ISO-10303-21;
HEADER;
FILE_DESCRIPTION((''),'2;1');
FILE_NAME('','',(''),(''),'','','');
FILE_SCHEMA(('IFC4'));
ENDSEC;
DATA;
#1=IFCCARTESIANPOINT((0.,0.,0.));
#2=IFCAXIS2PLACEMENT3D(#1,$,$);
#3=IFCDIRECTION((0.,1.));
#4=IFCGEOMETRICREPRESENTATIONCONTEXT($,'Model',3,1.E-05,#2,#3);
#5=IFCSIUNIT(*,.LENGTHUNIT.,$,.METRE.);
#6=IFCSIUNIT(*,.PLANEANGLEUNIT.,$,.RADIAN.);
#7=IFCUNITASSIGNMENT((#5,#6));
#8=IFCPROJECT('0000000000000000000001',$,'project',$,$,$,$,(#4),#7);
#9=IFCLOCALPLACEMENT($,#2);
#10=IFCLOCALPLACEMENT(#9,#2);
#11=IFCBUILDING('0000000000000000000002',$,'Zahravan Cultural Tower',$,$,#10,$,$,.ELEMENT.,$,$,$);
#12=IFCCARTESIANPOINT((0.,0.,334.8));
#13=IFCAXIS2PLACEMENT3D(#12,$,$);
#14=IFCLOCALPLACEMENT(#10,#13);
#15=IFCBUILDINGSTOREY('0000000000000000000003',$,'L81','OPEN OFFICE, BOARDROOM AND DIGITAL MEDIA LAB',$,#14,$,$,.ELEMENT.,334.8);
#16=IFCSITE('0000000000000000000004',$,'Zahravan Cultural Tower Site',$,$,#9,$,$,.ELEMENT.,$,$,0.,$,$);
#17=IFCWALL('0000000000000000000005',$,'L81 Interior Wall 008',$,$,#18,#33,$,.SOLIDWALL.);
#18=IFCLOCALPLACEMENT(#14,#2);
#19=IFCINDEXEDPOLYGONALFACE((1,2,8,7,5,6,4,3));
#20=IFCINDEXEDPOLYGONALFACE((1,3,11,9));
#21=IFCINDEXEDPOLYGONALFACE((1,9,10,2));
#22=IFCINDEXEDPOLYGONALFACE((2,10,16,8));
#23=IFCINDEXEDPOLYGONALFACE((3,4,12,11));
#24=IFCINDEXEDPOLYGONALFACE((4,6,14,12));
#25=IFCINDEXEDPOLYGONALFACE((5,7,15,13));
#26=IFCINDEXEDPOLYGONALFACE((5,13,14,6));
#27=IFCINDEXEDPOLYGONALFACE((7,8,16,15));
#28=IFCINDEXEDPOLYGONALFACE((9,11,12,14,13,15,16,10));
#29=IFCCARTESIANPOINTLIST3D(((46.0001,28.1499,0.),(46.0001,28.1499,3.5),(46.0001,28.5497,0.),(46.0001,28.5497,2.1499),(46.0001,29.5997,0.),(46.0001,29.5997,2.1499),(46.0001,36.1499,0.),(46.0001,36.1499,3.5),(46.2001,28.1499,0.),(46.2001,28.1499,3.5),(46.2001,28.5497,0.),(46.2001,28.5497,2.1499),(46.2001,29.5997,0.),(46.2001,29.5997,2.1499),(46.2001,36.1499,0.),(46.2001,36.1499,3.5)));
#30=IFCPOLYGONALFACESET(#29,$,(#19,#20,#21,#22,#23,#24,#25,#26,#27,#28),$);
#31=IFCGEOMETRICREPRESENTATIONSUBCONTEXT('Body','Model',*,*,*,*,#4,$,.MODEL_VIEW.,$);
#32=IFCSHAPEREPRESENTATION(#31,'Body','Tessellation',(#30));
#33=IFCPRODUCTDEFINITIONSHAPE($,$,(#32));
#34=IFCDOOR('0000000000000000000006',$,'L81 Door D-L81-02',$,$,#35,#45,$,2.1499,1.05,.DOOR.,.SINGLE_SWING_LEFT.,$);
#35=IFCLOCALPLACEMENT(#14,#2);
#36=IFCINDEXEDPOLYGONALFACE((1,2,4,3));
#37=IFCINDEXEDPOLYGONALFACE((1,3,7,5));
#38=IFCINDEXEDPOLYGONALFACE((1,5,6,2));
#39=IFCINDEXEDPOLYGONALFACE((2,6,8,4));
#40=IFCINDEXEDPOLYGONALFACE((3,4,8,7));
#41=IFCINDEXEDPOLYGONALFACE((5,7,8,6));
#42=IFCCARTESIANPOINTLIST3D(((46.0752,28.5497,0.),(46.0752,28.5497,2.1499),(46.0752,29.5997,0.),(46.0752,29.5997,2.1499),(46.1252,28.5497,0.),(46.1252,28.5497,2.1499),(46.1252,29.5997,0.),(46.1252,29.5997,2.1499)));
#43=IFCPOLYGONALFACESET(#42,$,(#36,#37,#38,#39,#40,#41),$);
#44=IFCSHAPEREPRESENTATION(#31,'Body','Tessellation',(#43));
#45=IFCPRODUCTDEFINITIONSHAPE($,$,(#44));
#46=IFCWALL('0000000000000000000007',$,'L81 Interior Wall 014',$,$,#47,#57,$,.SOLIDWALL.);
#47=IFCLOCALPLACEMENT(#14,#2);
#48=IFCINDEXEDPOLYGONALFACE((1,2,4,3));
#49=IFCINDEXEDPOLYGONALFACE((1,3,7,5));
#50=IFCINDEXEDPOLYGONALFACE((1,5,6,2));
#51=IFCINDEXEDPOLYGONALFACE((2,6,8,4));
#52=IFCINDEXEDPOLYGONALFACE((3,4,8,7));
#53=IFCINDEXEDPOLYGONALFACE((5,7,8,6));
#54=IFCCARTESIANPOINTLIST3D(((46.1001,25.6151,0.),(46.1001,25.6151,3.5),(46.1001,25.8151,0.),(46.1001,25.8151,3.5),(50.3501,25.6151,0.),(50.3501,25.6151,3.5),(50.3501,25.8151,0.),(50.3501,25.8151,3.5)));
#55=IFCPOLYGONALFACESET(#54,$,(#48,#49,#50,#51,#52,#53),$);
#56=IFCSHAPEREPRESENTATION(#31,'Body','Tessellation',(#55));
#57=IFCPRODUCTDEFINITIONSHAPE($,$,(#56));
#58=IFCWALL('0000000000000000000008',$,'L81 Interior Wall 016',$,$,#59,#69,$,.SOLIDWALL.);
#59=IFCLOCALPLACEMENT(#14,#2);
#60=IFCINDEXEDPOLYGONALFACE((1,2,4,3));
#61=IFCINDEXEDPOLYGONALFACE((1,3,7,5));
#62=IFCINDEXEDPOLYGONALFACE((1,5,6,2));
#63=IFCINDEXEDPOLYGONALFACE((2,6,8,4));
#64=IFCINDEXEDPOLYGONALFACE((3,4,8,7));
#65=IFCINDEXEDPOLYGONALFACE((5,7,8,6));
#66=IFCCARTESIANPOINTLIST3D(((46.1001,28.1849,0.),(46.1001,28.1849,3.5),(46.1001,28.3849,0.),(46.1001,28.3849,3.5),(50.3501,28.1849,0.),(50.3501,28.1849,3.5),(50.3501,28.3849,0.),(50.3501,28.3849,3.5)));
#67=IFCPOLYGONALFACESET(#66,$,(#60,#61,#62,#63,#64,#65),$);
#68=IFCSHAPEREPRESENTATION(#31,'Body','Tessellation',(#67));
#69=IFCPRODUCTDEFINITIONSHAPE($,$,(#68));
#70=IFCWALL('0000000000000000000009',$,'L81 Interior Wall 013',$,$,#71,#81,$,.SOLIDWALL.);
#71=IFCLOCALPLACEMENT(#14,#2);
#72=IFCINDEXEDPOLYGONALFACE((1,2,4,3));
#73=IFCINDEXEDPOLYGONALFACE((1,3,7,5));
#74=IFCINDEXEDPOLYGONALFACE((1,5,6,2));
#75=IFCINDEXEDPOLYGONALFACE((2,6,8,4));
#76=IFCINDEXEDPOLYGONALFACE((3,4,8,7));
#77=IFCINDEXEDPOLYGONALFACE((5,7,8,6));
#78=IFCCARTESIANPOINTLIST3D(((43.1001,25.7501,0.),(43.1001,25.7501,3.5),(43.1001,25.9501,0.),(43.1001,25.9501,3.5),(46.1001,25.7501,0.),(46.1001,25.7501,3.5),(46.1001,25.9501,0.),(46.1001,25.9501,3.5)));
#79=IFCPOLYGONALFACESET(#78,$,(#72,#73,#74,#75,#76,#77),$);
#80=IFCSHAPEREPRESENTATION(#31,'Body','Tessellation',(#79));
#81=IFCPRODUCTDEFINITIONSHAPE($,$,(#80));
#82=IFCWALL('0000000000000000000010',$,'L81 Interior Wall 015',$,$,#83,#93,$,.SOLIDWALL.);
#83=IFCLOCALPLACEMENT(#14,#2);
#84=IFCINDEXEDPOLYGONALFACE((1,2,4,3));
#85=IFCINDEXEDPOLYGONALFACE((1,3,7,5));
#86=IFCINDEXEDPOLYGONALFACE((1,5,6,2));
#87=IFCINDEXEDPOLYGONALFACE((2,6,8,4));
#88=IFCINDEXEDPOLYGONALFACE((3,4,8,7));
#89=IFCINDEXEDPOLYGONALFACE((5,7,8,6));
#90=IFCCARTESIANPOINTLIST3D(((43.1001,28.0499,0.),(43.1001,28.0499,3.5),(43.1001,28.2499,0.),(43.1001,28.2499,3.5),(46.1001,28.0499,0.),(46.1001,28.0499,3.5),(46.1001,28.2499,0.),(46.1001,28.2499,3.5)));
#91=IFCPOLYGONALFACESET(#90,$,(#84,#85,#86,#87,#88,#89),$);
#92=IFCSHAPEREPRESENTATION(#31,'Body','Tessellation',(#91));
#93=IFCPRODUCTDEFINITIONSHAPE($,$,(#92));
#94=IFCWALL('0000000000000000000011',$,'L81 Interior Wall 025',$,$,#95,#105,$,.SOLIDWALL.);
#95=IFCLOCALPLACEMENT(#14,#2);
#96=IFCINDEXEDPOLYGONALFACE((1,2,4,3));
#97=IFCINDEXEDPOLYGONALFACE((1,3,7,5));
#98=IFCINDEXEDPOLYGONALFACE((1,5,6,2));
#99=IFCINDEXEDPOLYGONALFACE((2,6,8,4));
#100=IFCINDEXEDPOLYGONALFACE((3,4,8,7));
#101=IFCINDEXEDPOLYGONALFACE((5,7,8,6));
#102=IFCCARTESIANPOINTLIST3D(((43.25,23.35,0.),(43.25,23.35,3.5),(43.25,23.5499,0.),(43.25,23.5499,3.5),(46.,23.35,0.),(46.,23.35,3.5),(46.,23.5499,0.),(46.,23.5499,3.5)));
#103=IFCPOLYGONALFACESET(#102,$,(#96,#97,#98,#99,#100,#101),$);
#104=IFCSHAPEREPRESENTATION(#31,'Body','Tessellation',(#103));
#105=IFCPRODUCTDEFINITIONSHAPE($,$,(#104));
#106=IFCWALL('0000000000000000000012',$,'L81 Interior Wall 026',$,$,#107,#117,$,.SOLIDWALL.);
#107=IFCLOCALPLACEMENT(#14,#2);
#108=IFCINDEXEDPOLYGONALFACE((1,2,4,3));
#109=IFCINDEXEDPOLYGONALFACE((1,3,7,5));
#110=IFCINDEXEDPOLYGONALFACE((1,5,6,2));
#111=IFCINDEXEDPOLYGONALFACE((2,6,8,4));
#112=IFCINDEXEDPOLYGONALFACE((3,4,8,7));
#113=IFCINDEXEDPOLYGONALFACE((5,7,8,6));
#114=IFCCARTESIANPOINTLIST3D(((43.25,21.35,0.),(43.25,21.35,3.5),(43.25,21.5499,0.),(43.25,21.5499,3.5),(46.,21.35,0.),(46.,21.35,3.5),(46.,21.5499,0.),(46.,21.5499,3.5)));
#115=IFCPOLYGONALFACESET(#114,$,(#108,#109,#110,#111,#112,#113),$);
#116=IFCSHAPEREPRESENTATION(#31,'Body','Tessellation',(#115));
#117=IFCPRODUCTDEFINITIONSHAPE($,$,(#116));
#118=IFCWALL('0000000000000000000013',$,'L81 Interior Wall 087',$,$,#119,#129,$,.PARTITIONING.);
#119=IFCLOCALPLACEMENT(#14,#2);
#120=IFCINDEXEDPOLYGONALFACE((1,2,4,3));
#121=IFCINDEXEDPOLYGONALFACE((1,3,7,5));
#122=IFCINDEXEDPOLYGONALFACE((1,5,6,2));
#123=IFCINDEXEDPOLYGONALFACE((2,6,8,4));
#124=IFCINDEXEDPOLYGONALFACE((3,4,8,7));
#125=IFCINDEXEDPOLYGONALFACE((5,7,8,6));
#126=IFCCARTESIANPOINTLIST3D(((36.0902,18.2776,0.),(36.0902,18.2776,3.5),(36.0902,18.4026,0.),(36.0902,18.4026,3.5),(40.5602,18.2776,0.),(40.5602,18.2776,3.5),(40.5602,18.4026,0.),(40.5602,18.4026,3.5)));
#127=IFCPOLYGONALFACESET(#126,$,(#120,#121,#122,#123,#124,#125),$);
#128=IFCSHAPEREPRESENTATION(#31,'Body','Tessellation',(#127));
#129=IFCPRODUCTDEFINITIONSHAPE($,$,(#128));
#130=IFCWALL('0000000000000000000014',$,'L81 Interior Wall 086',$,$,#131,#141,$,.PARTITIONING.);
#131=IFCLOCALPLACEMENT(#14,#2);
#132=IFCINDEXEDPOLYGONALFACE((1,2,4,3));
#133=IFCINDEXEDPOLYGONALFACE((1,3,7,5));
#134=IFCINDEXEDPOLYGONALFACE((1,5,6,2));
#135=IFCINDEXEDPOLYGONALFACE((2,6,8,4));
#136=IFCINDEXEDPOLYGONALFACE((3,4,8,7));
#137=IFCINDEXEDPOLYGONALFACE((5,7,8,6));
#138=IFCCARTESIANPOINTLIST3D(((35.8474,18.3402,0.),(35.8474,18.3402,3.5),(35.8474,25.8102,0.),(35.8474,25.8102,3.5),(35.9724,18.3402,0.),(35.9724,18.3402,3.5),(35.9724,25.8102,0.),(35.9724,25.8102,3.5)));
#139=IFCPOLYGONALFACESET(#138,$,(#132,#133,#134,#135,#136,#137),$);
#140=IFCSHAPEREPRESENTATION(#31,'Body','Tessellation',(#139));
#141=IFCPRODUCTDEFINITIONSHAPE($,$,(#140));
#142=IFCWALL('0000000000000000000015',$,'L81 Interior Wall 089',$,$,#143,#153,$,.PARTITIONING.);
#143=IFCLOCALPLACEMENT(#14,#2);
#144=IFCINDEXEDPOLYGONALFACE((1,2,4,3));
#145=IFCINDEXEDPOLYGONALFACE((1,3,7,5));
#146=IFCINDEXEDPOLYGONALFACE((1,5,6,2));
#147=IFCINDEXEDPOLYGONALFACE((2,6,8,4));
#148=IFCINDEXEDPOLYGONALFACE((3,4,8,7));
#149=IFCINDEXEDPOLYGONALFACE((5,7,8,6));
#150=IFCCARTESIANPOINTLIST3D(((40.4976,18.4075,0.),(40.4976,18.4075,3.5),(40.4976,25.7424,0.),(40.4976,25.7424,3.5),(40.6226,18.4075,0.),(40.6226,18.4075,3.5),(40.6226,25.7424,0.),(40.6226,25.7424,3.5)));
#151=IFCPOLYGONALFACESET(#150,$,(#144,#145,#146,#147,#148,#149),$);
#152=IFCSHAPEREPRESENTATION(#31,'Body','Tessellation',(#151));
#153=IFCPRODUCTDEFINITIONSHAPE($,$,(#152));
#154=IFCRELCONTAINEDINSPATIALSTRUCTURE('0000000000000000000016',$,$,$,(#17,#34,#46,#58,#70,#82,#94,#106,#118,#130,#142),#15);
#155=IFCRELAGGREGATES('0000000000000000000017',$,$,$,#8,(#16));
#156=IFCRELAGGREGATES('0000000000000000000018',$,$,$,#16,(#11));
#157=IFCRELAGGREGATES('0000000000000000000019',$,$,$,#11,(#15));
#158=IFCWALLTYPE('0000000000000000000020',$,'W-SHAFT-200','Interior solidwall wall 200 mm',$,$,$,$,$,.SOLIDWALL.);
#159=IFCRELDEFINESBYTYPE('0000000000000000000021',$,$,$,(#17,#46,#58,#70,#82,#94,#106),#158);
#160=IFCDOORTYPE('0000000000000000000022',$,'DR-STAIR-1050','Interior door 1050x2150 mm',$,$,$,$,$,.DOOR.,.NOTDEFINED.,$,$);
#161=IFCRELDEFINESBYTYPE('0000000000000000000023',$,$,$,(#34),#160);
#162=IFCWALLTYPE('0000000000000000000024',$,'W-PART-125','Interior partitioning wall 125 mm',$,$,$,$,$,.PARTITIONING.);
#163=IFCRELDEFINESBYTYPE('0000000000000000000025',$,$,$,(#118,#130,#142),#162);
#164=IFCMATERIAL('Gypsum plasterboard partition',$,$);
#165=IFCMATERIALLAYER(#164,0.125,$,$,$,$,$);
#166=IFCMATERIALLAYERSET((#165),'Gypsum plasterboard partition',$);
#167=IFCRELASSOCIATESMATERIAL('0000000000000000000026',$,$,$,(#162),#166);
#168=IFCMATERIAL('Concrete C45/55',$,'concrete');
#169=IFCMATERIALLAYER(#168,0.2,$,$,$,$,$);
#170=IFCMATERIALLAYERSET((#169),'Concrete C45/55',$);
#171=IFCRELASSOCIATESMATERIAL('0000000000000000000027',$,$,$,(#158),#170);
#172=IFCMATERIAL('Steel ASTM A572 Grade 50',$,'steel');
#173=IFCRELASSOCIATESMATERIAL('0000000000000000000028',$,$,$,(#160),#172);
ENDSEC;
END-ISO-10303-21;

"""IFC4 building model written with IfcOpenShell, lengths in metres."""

from ifc_helpers import new_model, si_unit, direction, frame, frame_2d, origin, place, context, subcontext, project, spatial, rectangle, extrude, source, transform, mapped, material, layer, layer_set, type_object, element, fill, save


model = new_model("IFC4")

# Units and contexts
model_context = context("Model", 3, precision=1e-05, world=origin(), true_north=direction((0.0, 1.0)))
body_context = subcontext(model_context, "Body", "Model", "MODEL_VIEW")
ifc_project = project(units=[si_unit("LENGTHUNIT", "METRE"), si_unit("PLANEANGLEUNIT", "RADIAN")], contexts=[model_context])

# Site, building, storey
site_placement = place(None, origin())
site = spatial("IfcSite", under=ifc_project, at=site_placement, Name="Zahravan Cultural Tower Site", CompositionType="ELEMENT", RefElevation=0.0)
building_placement = place(site_placement, origin())
building = spatial("IfcBuilding", under=site, at=building_placement, Name="Zahravan Cultural Tower", CompositionType="ELEMENT")
storey_placement = place(building_placement, frame((0.0, 0.0, 334.8)))
storey = spatial("IfcBuildingStorey", under=building, at=storey_placement, Name="L81", Description="OPEN OFFICE, BOARDROOM AND DIGITAL MEDIA LAB", CompositionType="ELEMENT", Elevation=334.8)

# Wall, opening, door
ifc_material_1 = material(Name="Steel ASTM A572 Grade 50", Category="steel")
ifc_material_2 = material(Name="Gypsum plasterboard partition")
ifc_layer_1 = layer(ifc_material_2, 0.125)
ifc_layer_set_1 = layer_set([ifc_layer_1], Name="Gypsum plasterboard partition")
wall_type_1 = type_object("IfcWallType", Name="W-PART-125", Description="Interior partitioning wall 125 mm", PredefinedType="PARTITIONING", material=ifc_layer_set_1)
ifc_material_3 = material(Name="Concrete C45/55", Category="concrete")
ifc_layer_2 = layer(ifc_material_3, 0.2)
ifc_layer_set_2 = layer_set([ifc_layer_2], Name="Concrete C45/55")
wall_type_2 = type_object("IfcWallType", Name="W-SHAFT-200", Description="Interior solidwall wall 200 mm", PredefinedType="SOLIDWALL", material=ifc_layer_set_2)
wall_1_placement = place(storey_placement, frame((46.1001, 28.1499, 0.0), z_axis=(0.0, 0.0, 1.0), x_axis=(0.0, 1.0, 0.0)))
wall_1 = element("IfcWall", 1, at=wall_1_placement, inside=storey, type_object=wall_type_2, Name="L81 Interior Wall 008", PredefinedType="SOLIDWALL", context=body_context, shape_type="SweptSolid", body=[
    extrude(rectangle(XDim=8.0, YDim=0.2, at=frame_2d((4.0, 0.0))), origin(), (0.0, 0.0, 1.0), 3.5),
])
opening_1_placement = place(wall_1_placement, frame((0.3999, 0.0, 0.0)))
opening_1 = element("IfcOpeningElement", 2, at=opening_1_placement, cuts=wall_1, PredefinedType="OPENING", context=body_context, shape_type="SweptSolid", body=[
    extrude(rectangle(XDim=1.05, YDim=2.1499, at=frame_2d((0.5249, 1.075))), frame((0.0, 0.1099, 0.0), z_axis=(0.0, -1.0, 0.0), x_axis=(1.0, 0.0, 0.0)), (0.0, 0.0, 1.0), 0.22),
])
door_type_1 = type_object("IfcDoorType", Name="DR-STAIR-1050", Description="Interior door 1050x2150 mm", OperationType="NOTDEFINED", PredefinedType="DOOR", material=ifc_material_1)
shared_shape_1 = source(origin(), body_context, "Body", "SweptSolid", [
    extrude(rectangle(XDim=1.05, YDim=2.1499, at=frame_2d((0.5249, 1.075))), frame((0.0, 0.0249, 0.0), z_axis=(0.0, -1.0, 0.0), x_axis=(1.0, 0.0, 0.0)), (0.0, 0.0, 1.0), 0.05),
])
door_1_placement = place(opening_1_placement, origin())
door_1 = element("IfcDoor", 3, at=door_1_placement, inside=storey, type_object=door_type_1, Name="L81 Door D-L81-02", OperationType="SINGLE_SWING_LEFT", OverallHeight=2.1499, OverallWidth=1.05, PredefinedType="DOOR", context=body_context, shape_type="MappedRepresentation", body=[
    mapped(shared_shape_1, transform((0.0, 0.0, 0.0), x_axis=(1.0, 0.0, 0.0), y_axis=(0.0, 1.0, 0.0), z_axis=(0.0, 0.0, 1.0), scale=1.0)),
])
fill(opening_1, door_1)

# Walls
shared_shape_2 = source(origin(), body_context, "Body", "SweptSolid", [
    extrude(rectangle(XDim=4.25, YDim=0.2, at=frame_2d((2.125, 0.0))), origin(), (0.0, 0.0, 1.0), 3.5),
])
for number, where, z_axis, x_axis, name in (
    (4, (46.1001, 25.7151, 0.0), (0.0, 0.0, 1.0), (1.0, 0.0, 0.0), "L81 Interior Wall 014"),
    (5, (46.1001, 28.2849, 0.0), (0.0, 0.0, 1.0), (1.0, 0.0, 0.0), "L81 Interior Wall 016"),
):
    element("IfcWall", number, at=place(storey_placement, frame(where, z_axis=z_axis, x_axis=x_axis)), inside=storey, type_object=wall_type_2, Name=name, PredefinedType="SOLIDWALL", context=body_context, shape_type="MappedRepresentation", body=[
        mapped(shared_shape_2, transform((0.0, 0.0, 0.0), x_axis=(1.0, 0.0, 0.0), y_axis=(0.0, 1.0, 0.0), z_axis=(0.0, 0.0, 1.0), scale=1.0)),
    ])
shared_shape_3 = source(origin(), body_context, "Body", "SweptSolid", [
    extrude(rectangle(XDim=3.0, YDim=0.2, at=frame_2d((1.5, 0.0))), origin(), (0.0, 0.0, 1.0), 3.5),
])
for number, where, z_axis, x_axis, name in (
    (6, (43.1001, 25.8501, 0.0), (0.0, 0.0, 1.0), (1.0, 0.0, 0.0), "L81 Interior Wall 013"),
    (7, (43.1001, 28.1499, 0.0), (0.0, 0.0, 1.0), (1.0, 0.0, 0.0), "L81 Interior Wall 015"),
):
    element("IfcWall", number, at=place(storey_placement, frame(where, z_axis=z_axis, x_axis=x_axis)), inside=storey, type_object=wall_type_2, Name=name, PredefinedType="SOLIDWALL", context=body_context, shape_type="MappedRepresentation", body=[
        mapped(shared_shape_3, transform((0.0, 0.0, 0.0), x_axis=(1.0, 0.0, 0.0), y_axis=(0.0, 1.0, 0.0), z_axis=(0.0, 0.0, 1.0), scale=1.0)),
    ])
shared_shape_4 = source(origin(), body_context, "Body", "SweptSolid", [
    extrude(rectangle(XDim=2.75, YDim=0.2, at=frame_2d((1.375, 0.0))), origin(), (0.0, 0.0, 1.0), 3.5),
])
for number, where, z_axis, x_axis, name in (
    (8, (43.25, 23.45, 0.0), (0.0, 0.0, 1.0), (1.0, 0.0, 0.0), "L81 Interior Wall 025"),
    (9, (43.25, 21.45, 0.0), (0.0, 0.0, 1.0), (1.0, 0.0, 0.0), "L81 Interior Wall 026"),
):
    element("IfcWall", number, at=place(storey_placement, frame(where, z_axis=z_axis, x_axis=x_axis)), inside=storey, type_object=wall_type_2, Name=name, PredefinedType="SOLIDWALL", context=body_context, shape_type="MappedRepresentation", body=[
        mapped(shared_shape_4, transform((0.0, 0.0, 0.0), x_axis=(1.0, 0.0, 0.0), y_axis=(0.0, 1.0, 0.0), z_axis=(0.0, 0.0, 1.0), scale=1.0)),
    ])
shared_shape_5 = source(origin(), body_context, "Body", "SweptSolid", [
    extrude(rectangle(XDim=4.47, YDim=0.125, at=frame_2d((2.2349, 0.0))), origin(), (0.0, 0.0, 1.0), 3.5),
])
wall_2_placement = place(storey_placement, frame((40.5601, 18.3401, 0.0), z_axis=(0.0, 0.0, 1.0), x_axis=(-1.0, 0.0, 0.0)))
element("IfcWall", 10, at=wall_2_placement, inside=storey, type_object=wall_type_1, Name="L81 Interior Wall 087", PredefinedType="PARTITIONING", context=body_context, shape_type="MappedRepresentation", body=[
    mapped(shared_shape_5, transform((0.0, 0.0, 0.0), x_axis=(1.0, 0.0, 0.0), y_axis=(0.0, 1.0, 0.0), z_axis=(0.0, 0.0, 1.0), scale=1.0)),
])
shared_shape_6 = source(origin(), body_context, "Body", "SweptSolid", [
    extrude(rectangle(XDim=7.47, YDim=0.125, at=frame_2d((3.7349, 0.0))), origin(), (0.0, 0.0, 1.0), 3.5),
])
wall_3_placement = place(storey_placement, frame((35.9099, 25.8101, 0.0), z_axis=(0.0, 0.0, 1.0), x_axis=(0.0, -1.0, 0.0)))
element("IfcWall", 11, at=wall_3_placement, inside=storey, type_object=wall_type_1, Name="L81 Interior Wall 086", PredefinedType="PARTITIONING", context=body_context, shape_type="MappedRepresentation", body=[
    mapped(shared_shape_6, transform((0.0, 0.0, 0.0), x_axis=(1.0, 0.0, 0.0), y_axis=(0.0, 1.0, 0.0), z_axis=(0.0, 0.0, 1.0), scale=1.0)),
])
shared_shape_7 = source(origin(), body_context, "Body", "SweptSolid", [
    extrude(rectangle(XDim=7.335, YDim=0.125, at=frame_2d((3.6675, 0.0))), origin(), (0.0, 0.0, 1.0), 3.5),
])
wall_4_placement = place(storey_placement, frame((40.5601, 25.7424, 0.0), z_axis=(0.0, 0.0, 1.0), x_axis=(0.0, -1.0, 0.0)))
element("IfcWall", 12, at=wall_4_placement, inside=storey, type_object=wall_type_1, Name="L81 Interior Wall 089", PredefinedType="PARTITIONING", context=body_context, shape_type="MappedRepresentation", body=[
    mapped(shared_shape_7, transform((0.0, 0.0, 0.0), x_axis=(1.0, 0.0, 0.0), y_axis=(0.0, 1.0, 0.0), z_axis=(0.0, 0.0, 1.0), scale=1.0)),
])

save(model, "model.ifc")
